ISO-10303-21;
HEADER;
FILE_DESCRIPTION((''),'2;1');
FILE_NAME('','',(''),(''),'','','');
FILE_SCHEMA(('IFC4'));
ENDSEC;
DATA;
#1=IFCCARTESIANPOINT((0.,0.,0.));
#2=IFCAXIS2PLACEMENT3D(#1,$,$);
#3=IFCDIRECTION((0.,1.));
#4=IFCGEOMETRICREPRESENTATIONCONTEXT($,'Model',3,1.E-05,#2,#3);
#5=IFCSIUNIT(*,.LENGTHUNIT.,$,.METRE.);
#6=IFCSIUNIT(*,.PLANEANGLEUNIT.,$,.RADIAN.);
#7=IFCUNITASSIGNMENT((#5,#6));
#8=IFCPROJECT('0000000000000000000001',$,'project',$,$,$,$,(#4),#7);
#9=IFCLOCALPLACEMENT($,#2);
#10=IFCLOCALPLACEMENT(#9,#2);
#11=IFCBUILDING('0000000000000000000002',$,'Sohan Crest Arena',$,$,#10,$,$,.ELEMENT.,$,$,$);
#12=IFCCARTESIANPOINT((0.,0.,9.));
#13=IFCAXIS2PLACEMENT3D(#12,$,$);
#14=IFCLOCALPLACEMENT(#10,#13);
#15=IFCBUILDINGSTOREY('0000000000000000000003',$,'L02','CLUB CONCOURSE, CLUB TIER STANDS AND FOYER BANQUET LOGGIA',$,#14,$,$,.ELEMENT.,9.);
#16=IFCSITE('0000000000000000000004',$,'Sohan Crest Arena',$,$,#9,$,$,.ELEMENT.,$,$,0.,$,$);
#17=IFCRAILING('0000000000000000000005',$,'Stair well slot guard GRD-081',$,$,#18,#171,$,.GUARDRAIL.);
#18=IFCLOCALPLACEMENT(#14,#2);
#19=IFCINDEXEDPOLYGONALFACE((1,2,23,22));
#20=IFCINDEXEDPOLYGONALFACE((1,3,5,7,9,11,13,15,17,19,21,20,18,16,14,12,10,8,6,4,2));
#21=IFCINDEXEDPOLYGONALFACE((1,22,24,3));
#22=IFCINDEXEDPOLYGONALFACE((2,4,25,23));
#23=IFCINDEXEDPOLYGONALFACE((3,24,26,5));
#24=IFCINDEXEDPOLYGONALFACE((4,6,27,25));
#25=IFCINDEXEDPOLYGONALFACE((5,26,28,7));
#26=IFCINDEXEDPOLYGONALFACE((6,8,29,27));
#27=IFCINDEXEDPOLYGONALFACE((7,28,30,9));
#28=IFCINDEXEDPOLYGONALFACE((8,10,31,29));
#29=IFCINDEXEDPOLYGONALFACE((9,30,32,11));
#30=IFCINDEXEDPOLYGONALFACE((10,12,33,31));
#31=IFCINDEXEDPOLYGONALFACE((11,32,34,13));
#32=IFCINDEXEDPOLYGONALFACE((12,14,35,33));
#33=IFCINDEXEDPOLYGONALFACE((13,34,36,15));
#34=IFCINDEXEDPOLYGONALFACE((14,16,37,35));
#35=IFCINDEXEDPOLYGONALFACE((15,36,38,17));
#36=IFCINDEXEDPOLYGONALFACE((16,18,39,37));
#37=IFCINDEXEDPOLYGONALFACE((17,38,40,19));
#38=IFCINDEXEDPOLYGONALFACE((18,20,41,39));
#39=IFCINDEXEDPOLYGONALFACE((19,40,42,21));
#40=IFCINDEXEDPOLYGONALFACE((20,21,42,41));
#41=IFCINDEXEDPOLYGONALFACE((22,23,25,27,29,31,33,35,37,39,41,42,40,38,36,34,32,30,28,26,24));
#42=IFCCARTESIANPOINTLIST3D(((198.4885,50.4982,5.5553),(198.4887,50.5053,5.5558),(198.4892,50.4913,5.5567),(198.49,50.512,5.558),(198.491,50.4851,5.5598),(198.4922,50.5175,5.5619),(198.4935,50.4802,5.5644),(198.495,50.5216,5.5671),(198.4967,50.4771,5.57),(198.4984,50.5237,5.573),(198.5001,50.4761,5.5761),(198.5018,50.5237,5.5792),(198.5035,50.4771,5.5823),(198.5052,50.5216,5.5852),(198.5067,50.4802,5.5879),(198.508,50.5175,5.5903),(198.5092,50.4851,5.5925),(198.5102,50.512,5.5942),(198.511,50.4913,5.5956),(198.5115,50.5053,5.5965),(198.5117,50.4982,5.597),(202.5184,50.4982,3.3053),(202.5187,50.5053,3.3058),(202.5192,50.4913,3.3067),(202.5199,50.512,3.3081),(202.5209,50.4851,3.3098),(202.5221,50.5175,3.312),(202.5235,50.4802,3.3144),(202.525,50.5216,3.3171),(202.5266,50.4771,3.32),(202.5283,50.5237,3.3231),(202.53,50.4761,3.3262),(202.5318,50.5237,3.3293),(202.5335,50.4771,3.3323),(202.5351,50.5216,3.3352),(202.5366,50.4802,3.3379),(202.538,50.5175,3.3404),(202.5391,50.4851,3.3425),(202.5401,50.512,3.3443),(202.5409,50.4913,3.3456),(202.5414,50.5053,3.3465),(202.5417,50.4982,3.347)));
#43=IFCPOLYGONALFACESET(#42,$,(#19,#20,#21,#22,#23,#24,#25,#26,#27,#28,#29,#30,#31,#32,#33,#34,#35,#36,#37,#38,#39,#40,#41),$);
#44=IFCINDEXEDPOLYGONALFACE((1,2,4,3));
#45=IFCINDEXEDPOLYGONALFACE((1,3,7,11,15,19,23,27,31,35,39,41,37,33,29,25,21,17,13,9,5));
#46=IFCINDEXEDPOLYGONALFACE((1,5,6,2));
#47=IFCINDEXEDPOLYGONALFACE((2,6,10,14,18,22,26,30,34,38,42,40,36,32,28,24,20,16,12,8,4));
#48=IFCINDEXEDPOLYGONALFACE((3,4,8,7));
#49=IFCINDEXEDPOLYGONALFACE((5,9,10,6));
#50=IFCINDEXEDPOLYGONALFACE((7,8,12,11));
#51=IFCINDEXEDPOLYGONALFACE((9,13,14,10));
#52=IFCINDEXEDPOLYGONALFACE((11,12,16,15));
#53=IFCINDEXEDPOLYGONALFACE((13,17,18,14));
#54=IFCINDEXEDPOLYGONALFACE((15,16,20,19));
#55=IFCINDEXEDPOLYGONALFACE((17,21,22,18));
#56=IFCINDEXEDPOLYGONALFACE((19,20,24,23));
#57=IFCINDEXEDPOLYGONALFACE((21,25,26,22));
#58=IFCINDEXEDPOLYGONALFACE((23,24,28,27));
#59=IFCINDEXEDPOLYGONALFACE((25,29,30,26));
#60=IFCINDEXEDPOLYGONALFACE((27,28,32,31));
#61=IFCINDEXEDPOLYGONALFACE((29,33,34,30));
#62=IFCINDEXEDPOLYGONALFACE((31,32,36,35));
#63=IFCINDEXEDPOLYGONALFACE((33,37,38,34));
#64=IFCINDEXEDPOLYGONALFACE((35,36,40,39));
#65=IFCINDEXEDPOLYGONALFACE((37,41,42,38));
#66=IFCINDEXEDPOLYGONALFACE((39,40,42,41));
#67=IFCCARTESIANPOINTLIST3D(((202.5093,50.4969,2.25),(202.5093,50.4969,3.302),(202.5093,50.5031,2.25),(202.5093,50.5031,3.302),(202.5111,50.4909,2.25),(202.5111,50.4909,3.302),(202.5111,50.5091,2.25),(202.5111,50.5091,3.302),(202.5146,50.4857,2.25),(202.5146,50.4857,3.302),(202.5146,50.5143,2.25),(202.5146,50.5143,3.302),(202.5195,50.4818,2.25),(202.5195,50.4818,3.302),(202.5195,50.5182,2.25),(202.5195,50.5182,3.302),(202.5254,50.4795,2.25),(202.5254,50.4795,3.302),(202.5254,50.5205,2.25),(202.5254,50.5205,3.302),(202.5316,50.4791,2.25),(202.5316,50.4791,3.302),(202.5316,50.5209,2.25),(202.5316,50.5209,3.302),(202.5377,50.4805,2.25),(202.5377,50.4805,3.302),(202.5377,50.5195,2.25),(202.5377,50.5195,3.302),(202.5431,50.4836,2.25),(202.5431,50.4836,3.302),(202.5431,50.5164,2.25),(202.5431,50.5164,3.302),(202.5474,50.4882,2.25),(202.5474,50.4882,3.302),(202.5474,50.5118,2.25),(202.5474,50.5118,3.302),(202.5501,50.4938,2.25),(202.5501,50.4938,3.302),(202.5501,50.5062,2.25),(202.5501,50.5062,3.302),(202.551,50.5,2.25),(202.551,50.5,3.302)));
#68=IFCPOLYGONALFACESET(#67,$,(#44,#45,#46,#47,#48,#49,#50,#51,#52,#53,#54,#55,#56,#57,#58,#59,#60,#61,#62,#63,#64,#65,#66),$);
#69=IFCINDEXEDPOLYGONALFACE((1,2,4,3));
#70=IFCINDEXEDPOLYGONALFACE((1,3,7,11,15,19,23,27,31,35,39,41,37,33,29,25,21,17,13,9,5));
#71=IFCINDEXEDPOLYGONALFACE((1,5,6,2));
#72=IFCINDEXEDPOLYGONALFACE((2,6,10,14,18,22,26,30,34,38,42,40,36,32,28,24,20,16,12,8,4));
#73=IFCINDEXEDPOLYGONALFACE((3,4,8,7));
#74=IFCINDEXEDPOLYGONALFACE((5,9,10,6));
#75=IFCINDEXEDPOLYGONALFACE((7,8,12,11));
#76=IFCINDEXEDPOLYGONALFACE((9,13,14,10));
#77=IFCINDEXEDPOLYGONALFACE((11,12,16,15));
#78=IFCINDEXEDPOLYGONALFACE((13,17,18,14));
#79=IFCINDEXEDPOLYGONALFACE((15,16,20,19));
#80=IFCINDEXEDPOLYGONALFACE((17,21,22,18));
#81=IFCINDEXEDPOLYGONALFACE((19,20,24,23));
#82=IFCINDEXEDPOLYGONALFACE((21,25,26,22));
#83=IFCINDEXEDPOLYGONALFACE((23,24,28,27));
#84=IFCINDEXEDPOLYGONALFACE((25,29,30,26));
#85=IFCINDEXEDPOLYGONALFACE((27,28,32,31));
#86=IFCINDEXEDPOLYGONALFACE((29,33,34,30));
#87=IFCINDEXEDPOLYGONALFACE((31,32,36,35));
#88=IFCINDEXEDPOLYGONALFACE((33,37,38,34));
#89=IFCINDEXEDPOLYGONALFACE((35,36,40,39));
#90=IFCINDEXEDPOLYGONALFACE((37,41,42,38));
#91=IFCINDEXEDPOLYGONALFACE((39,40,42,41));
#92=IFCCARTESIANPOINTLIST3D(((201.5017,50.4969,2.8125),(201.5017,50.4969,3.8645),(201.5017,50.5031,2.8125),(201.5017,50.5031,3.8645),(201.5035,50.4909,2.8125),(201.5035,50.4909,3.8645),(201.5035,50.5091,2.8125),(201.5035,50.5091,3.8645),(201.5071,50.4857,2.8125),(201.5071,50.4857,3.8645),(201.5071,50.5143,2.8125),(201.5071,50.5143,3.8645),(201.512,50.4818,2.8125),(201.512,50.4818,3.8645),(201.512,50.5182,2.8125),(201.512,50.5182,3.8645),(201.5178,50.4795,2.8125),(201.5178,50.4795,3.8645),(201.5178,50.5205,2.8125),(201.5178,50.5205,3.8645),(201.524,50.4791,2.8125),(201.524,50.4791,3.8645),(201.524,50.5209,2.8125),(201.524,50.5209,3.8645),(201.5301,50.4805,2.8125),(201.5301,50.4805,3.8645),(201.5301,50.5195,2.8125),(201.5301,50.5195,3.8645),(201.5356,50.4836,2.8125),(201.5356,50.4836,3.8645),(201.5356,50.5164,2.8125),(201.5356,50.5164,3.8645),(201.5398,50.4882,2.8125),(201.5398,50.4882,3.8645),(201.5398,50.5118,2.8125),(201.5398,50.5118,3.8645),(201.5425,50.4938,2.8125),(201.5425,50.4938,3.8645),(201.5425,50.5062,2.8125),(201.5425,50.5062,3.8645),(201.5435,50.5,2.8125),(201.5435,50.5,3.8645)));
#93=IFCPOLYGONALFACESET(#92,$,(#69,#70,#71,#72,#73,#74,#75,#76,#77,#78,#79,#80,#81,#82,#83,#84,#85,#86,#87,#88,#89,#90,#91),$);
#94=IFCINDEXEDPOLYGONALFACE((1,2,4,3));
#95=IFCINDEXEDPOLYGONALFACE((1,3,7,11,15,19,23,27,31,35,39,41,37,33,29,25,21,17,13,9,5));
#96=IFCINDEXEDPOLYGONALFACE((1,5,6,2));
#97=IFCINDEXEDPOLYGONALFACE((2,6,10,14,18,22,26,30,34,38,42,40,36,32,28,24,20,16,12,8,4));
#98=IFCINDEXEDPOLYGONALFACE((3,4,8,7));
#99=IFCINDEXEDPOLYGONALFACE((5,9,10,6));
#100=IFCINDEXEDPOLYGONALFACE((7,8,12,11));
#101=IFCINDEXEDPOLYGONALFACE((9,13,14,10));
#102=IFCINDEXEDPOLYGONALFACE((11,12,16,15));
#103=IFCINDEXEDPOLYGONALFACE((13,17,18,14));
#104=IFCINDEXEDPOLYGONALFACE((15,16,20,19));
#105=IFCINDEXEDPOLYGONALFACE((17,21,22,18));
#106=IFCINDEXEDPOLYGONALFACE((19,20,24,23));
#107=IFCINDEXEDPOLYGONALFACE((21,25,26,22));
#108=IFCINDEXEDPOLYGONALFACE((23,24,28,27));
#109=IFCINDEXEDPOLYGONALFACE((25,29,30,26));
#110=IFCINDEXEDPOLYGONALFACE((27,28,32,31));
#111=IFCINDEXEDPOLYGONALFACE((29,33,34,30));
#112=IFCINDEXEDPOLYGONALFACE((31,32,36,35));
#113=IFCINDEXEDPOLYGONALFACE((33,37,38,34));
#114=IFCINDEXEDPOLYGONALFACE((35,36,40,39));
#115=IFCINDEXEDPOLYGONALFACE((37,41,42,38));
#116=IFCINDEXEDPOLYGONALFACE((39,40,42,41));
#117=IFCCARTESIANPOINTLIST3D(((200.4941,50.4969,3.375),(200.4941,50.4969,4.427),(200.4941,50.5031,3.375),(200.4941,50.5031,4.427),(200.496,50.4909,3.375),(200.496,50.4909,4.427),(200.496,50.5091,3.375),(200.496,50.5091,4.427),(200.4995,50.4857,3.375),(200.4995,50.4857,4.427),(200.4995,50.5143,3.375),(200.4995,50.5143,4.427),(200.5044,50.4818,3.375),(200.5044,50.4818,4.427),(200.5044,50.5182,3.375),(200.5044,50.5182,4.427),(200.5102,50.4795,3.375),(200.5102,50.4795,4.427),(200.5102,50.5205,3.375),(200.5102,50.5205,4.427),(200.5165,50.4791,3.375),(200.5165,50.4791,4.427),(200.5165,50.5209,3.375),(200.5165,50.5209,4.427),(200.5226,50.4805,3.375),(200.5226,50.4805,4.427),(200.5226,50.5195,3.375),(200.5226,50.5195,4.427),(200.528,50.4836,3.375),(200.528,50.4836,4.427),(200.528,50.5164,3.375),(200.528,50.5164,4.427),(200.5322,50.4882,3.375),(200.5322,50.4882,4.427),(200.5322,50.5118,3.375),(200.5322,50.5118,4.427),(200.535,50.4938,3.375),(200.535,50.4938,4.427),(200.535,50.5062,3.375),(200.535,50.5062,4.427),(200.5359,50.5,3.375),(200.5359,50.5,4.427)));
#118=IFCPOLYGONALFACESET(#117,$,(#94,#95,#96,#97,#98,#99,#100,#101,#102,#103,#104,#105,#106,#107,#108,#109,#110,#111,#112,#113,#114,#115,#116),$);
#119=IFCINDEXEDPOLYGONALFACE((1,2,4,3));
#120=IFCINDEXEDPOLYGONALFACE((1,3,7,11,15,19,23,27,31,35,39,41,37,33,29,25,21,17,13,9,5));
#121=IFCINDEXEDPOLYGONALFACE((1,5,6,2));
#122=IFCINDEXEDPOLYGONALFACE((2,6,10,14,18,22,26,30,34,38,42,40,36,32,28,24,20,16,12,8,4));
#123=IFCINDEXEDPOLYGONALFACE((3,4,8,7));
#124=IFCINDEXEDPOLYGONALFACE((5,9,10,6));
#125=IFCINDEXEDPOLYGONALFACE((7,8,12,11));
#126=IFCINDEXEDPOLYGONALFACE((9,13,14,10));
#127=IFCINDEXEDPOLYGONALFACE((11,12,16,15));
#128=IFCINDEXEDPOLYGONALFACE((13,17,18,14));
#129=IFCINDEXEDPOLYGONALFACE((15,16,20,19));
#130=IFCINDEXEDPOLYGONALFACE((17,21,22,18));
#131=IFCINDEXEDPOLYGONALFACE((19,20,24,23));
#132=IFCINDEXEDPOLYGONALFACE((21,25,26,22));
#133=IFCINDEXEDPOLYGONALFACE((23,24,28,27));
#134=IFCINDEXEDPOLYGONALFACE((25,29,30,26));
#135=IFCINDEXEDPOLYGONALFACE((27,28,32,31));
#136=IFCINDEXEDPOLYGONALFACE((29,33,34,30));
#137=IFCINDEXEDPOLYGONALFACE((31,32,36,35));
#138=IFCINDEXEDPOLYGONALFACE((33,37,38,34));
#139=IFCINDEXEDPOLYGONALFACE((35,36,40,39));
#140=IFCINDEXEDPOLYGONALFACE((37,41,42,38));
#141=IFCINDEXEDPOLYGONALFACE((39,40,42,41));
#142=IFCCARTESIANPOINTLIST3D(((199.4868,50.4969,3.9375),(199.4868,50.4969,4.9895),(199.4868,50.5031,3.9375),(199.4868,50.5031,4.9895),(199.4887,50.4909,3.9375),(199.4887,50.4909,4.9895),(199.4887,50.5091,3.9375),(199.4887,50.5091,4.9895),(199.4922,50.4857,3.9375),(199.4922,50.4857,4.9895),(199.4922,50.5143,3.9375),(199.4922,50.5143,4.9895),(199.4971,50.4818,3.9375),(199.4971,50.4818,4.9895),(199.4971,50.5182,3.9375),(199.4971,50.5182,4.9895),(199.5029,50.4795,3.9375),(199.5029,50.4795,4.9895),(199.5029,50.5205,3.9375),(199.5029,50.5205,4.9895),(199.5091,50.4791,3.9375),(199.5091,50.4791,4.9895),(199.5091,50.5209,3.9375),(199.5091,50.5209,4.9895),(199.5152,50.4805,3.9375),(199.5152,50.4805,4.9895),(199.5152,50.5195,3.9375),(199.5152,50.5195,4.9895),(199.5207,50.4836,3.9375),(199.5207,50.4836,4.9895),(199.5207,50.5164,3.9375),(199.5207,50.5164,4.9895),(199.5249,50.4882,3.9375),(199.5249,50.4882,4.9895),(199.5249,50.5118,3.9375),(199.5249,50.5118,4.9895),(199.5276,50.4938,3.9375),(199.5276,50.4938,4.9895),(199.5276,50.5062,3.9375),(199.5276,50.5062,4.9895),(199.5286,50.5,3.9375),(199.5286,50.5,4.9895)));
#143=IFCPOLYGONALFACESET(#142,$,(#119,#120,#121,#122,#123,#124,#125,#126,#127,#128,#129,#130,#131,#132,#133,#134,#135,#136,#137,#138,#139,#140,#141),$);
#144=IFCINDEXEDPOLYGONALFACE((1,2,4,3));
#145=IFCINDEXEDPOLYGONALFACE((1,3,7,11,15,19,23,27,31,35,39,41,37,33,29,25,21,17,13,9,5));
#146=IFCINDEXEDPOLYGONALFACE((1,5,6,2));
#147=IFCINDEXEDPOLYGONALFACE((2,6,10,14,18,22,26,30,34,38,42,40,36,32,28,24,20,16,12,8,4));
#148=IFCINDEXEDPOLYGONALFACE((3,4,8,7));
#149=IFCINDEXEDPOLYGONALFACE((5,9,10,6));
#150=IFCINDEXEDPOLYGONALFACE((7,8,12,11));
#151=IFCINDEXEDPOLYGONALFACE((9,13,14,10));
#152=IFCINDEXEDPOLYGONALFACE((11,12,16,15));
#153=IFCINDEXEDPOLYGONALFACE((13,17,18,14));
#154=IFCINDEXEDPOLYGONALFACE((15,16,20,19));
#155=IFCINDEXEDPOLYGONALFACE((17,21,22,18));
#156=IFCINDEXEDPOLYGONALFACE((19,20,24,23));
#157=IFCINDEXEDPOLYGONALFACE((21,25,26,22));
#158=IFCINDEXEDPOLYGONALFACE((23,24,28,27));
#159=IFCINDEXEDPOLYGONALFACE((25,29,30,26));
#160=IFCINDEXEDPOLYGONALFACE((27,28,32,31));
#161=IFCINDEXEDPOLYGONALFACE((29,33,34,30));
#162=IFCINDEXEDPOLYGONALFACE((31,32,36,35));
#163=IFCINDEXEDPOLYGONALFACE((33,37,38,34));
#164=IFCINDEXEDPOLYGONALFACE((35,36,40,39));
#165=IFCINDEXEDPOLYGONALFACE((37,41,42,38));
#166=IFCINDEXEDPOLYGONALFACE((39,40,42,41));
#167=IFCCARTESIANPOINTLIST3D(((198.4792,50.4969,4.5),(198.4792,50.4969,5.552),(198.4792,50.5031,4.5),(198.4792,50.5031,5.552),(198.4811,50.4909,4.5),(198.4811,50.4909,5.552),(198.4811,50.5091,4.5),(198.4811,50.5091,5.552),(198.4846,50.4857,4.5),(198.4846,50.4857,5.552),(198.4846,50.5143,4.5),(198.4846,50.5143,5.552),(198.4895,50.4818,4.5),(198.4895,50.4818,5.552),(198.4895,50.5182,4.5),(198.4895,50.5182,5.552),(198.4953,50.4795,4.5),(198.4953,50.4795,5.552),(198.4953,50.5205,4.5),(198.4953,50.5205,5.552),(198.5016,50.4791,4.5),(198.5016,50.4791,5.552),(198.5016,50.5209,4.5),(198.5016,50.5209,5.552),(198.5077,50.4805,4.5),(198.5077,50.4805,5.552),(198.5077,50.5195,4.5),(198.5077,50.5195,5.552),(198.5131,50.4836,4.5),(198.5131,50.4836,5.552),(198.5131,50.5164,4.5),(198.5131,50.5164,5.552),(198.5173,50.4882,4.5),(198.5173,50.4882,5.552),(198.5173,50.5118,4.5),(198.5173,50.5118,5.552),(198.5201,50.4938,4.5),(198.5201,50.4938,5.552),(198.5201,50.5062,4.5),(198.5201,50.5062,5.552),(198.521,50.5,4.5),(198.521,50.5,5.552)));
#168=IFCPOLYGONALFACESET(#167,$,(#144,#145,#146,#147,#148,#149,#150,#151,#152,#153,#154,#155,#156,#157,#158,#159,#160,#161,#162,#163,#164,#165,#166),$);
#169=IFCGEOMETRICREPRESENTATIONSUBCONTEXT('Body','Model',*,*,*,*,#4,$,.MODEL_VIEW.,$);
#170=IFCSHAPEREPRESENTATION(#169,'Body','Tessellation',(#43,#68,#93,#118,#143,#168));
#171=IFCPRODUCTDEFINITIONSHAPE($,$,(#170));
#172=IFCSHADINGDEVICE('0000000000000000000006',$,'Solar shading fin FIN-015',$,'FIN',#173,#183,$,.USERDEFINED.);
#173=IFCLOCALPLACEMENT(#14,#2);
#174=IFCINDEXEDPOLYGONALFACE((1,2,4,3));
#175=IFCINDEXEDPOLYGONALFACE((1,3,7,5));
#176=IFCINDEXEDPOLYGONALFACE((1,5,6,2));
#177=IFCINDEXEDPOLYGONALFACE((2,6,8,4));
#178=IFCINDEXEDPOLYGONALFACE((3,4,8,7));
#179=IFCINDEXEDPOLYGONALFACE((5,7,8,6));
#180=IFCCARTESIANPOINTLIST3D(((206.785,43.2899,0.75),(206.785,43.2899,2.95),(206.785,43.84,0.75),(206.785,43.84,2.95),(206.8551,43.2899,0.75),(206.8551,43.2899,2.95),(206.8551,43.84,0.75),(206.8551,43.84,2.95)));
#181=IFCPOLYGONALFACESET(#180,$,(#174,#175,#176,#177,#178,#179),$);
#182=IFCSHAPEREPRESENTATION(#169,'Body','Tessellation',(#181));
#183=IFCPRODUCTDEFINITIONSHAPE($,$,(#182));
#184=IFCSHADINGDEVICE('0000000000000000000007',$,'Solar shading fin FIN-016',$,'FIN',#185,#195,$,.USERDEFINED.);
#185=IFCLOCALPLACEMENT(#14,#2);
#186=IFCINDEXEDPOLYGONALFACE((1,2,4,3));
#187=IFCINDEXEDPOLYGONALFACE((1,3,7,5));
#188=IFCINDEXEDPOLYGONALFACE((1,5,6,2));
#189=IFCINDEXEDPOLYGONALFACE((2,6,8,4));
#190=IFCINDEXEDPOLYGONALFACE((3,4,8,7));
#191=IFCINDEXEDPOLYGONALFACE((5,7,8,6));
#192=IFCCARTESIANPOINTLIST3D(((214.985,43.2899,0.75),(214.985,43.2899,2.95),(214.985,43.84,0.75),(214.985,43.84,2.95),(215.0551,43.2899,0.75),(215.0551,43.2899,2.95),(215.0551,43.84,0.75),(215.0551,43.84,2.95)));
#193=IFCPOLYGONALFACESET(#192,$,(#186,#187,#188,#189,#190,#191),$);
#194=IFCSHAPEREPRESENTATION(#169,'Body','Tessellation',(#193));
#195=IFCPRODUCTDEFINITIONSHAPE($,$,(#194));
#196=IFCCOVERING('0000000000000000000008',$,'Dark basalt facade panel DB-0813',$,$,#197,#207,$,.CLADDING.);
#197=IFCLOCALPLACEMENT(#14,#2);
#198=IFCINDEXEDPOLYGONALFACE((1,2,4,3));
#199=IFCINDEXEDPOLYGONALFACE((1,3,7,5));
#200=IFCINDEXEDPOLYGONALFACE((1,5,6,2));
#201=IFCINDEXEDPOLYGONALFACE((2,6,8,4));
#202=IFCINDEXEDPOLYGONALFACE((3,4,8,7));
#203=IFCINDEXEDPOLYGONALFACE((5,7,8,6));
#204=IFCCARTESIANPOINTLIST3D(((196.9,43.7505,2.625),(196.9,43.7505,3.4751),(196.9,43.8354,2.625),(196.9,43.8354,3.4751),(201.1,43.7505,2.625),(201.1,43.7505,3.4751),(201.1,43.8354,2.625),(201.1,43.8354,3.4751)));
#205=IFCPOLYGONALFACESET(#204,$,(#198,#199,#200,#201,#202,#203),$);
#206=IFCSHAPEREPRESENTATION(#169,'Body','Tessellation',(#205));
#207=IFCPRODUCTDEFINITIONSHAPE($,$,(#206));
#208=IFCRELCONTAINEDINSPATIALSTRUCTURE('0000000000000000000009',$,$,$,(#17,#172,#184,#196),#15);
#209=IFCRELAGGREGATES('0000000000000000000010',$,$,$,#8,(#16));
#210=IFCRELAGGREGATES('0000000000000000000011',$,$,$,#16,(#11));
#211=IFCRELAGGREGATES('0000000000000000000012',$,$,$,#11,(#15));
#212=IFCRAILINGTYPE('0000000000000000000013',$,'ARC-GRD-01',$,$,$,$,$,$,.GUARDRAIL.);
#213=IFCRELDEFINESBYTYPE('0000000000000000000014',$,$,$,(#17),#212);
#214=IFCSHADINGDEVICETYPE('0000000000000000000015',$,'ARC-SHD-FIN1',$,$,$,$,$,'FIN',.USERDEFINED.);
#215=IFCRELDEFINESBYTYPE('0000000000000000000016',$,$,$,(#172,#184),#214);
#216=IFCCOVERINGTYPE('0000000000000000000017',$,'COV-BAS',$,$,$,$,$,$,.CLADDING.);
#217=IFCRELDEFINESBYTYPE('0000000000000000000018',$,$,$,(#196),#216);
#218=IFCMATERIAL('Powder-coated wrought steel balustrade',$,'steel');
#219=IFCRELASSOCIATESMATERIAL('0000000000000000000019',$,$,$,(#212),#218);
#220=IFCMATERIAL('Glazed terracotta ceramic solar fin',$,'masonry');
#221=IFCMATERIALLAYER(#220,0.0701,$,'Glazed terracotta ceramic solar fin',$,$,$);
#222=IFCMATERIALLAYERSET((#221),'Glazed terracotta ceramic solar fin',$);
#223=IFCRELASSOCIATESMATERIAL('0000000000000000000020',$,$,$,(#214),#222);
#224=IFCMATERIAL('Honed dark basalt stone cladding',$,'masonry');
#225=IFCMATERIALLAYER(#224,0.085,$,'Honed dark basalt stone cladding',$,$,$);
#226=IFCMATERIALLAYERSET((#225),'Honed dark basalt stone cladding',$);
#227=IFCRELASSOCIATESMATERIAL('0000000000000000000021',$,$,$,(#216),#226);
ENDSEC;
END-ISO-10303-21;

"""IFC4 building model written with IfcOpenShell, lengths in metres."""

from ifc_helpers import new_model, si_unit, direction, frame, origin, origin_2d, place, context, subcontext, project, spatial, rectangle, circle, extrude, material, layer, layer_set, type_object, element, save


model = new_model("IFC4")

# Units and contexts
model_context = context("Model", 3, precision=1e-05, world=origin(), true_north=direction((0.0, 1.0)))
body_context = subcontext(model_context, "Body", "Model", "MODEL_VIEW")
ifc_project = project(units=[si_unit("LENGTHUNIT", "METRE"), si_unit("PLANEANGLEUNIT", "RADIAN")], contexts=[model_context])

# Site, building, storey
site_placement = place(None, origin())
site = spatial("IfcSite", under=ifc_project, at=site_placement, Name="Sohan Crest Arena", CompositionType="ELEMENT", RefElevation=0.0)
building_placement = place(site_placement, origin())
building = spatial("IfcBuilding", under=site, at=building_placement, Name="Sohan Crest Arena", CompositionType="ELEMENT")
storey_placement = place(building_placement, frame((0.0, 0.0, 9.0)))
storey = spatial("IfcBuildingStorey", under=building, at=storey_placement, Name="L02", Description="CLUB CONCOURSE, CLUB TIER STANDS AND FOYER BANQUET LOGGIA", CompositionType="ELEMENT", Elevation=9.0)

# Railing
ifc_material_1 = material(Name="Powder-coated wrought steel balustrade", Category="steel")
railing_type = type_object("IfcRailingType", Name="ARC-GRD-01", PredefinedType="GUARDRAIL", material=ifc_material_1)
railing_placement = place(storey_placement, frame((202.53, 50.5, 2.25)))
element("IfcRailing", 1, at=railing_placement, inside=storey, type_object=railing_type, Name="Stair well slot guard GRD-081", PredefinedType="GUARDRAIL", context=body_context, shape_type="SweptSolid", body=[
    extrude(circle(Radius=0.0239, at=origin_2d()), frame((0.0, 0.0, 1.0762), z_axis=(-0.873135, 0.0, 0.487479), x_axis=(0.0, -1.0, 0.0)), (0.0, 0.0, 1.0), 4.6155),
    extrude(circle(Radius=0.021, at=origin_2d()), origin(), (0.0, 0.0, 1.0), 1.052),
    extrude(circle(Radius=0.021, at=origin_2d()), frame((-1.0076, 0.0, 0.5625)), (0.0, 0.0, 1.0), 1.052),
    extrude(circle(Radius=0.021, at=origin_2d()), frame((-2.0151, 0.0, 1.125)), (0.0, 0.0, 1.0), 1.052),
    extrude(circle(Radius=0.021, at=origin_2d()), frame((-3.0225, 0.0, 1.6875)), (0.0, 0.0, 1.0), 1.052),
    extrude(circle(Radius=0.021, at=origin_2d()), frame((-4.03, 0.0, 2.25)), (0.0, 0.0, 1.0), 1.052),
])

# Shading devices
ifc_material_2 = material(Name="Glazed terracotta ceramic solar fin", Category="masonry")
ifc_layer_1 = layer(ifc_material_2, 0.0701, Name="Glazed terracotta ceramic solar fin")
ifc_layer_set_1 = layer_set([ifc_layer_1], Name="Glazed terracotta ceramic solar fin")
shading_device_type = type_object("IfcShadingDeviceType", Name="ARC-SHD-FIN1", ElementType="FIN", PredefinedType="USERDEFINED", material=ifc_layer_set_1)
for number, where, z_axis, x_axis, name in (
    (2, (206.8201, 43.5649, 0.75), (0.0, 0.0, 1.0), (1.0, 0.0, 0.0), "Solar shading fin FIN-015"),
    (3, (215.02, 43.5649, 0.75), (0.0, 0.0, 1.0), (1.0, 0.0, 0.0), "Solar shading fin FIN-016"),
):
    element("IfcShadingDevice", number, at=place(storey_placement, frame(where, z_axis=z_axis, x_axis=x_axis)), inside=storey, type_object=shading_device_type, Name=name, ObjectType="FIN", PredefinedType="USERDEFINED", context=body_context, shape_type="SweptSolid", body=[
        extrude(rectangle(XDim=0.0701, YDim=0.55, at=origin_2d()), origin(), (0.0, 0.0, 1.0), 2.2),
    ])

# Covering
ifc_material_3 = material(Name="Honed dark basalt stone cladding", Category="masonry")
ifc_layer_2 = layer(ifc_material_3, 0.085, Name="Honed dark basalt stone cladding")
ifc_layer_set_2 = layer_set([ifc_layer_2], Name="Honed dark basalt stone cladding")
covering_type = type_object("IfcCoveringType", Name="COV-BAS", PredefinedType="CLADDING", material=ifc_layer_set_2)
for number, where, z_axis, x_axis, name in (
    (4, (199.0, 43.793, 2.625), (0.0, 0.0, 1.0), (1.0, 0.0, 0.0), "Dark basalt facade panel DB-0813"),
):
    element("IfcCovering", number, at=place(storey_placement, frame(where, z_axis=z_axis, x_axis=x_axis)), inside=storey, type_object=covering_type, Name=name, PredefinedType="CLADDING", context=body_context, shape_type="SweptSolid", body=[
        extrude(rectangle(XDim=4.2, YDim=0.085, at=origin_2d()), origin(), (0.0, 0.0, 1.0), 0.8501),
    ])

save(model, "model.ifc")
